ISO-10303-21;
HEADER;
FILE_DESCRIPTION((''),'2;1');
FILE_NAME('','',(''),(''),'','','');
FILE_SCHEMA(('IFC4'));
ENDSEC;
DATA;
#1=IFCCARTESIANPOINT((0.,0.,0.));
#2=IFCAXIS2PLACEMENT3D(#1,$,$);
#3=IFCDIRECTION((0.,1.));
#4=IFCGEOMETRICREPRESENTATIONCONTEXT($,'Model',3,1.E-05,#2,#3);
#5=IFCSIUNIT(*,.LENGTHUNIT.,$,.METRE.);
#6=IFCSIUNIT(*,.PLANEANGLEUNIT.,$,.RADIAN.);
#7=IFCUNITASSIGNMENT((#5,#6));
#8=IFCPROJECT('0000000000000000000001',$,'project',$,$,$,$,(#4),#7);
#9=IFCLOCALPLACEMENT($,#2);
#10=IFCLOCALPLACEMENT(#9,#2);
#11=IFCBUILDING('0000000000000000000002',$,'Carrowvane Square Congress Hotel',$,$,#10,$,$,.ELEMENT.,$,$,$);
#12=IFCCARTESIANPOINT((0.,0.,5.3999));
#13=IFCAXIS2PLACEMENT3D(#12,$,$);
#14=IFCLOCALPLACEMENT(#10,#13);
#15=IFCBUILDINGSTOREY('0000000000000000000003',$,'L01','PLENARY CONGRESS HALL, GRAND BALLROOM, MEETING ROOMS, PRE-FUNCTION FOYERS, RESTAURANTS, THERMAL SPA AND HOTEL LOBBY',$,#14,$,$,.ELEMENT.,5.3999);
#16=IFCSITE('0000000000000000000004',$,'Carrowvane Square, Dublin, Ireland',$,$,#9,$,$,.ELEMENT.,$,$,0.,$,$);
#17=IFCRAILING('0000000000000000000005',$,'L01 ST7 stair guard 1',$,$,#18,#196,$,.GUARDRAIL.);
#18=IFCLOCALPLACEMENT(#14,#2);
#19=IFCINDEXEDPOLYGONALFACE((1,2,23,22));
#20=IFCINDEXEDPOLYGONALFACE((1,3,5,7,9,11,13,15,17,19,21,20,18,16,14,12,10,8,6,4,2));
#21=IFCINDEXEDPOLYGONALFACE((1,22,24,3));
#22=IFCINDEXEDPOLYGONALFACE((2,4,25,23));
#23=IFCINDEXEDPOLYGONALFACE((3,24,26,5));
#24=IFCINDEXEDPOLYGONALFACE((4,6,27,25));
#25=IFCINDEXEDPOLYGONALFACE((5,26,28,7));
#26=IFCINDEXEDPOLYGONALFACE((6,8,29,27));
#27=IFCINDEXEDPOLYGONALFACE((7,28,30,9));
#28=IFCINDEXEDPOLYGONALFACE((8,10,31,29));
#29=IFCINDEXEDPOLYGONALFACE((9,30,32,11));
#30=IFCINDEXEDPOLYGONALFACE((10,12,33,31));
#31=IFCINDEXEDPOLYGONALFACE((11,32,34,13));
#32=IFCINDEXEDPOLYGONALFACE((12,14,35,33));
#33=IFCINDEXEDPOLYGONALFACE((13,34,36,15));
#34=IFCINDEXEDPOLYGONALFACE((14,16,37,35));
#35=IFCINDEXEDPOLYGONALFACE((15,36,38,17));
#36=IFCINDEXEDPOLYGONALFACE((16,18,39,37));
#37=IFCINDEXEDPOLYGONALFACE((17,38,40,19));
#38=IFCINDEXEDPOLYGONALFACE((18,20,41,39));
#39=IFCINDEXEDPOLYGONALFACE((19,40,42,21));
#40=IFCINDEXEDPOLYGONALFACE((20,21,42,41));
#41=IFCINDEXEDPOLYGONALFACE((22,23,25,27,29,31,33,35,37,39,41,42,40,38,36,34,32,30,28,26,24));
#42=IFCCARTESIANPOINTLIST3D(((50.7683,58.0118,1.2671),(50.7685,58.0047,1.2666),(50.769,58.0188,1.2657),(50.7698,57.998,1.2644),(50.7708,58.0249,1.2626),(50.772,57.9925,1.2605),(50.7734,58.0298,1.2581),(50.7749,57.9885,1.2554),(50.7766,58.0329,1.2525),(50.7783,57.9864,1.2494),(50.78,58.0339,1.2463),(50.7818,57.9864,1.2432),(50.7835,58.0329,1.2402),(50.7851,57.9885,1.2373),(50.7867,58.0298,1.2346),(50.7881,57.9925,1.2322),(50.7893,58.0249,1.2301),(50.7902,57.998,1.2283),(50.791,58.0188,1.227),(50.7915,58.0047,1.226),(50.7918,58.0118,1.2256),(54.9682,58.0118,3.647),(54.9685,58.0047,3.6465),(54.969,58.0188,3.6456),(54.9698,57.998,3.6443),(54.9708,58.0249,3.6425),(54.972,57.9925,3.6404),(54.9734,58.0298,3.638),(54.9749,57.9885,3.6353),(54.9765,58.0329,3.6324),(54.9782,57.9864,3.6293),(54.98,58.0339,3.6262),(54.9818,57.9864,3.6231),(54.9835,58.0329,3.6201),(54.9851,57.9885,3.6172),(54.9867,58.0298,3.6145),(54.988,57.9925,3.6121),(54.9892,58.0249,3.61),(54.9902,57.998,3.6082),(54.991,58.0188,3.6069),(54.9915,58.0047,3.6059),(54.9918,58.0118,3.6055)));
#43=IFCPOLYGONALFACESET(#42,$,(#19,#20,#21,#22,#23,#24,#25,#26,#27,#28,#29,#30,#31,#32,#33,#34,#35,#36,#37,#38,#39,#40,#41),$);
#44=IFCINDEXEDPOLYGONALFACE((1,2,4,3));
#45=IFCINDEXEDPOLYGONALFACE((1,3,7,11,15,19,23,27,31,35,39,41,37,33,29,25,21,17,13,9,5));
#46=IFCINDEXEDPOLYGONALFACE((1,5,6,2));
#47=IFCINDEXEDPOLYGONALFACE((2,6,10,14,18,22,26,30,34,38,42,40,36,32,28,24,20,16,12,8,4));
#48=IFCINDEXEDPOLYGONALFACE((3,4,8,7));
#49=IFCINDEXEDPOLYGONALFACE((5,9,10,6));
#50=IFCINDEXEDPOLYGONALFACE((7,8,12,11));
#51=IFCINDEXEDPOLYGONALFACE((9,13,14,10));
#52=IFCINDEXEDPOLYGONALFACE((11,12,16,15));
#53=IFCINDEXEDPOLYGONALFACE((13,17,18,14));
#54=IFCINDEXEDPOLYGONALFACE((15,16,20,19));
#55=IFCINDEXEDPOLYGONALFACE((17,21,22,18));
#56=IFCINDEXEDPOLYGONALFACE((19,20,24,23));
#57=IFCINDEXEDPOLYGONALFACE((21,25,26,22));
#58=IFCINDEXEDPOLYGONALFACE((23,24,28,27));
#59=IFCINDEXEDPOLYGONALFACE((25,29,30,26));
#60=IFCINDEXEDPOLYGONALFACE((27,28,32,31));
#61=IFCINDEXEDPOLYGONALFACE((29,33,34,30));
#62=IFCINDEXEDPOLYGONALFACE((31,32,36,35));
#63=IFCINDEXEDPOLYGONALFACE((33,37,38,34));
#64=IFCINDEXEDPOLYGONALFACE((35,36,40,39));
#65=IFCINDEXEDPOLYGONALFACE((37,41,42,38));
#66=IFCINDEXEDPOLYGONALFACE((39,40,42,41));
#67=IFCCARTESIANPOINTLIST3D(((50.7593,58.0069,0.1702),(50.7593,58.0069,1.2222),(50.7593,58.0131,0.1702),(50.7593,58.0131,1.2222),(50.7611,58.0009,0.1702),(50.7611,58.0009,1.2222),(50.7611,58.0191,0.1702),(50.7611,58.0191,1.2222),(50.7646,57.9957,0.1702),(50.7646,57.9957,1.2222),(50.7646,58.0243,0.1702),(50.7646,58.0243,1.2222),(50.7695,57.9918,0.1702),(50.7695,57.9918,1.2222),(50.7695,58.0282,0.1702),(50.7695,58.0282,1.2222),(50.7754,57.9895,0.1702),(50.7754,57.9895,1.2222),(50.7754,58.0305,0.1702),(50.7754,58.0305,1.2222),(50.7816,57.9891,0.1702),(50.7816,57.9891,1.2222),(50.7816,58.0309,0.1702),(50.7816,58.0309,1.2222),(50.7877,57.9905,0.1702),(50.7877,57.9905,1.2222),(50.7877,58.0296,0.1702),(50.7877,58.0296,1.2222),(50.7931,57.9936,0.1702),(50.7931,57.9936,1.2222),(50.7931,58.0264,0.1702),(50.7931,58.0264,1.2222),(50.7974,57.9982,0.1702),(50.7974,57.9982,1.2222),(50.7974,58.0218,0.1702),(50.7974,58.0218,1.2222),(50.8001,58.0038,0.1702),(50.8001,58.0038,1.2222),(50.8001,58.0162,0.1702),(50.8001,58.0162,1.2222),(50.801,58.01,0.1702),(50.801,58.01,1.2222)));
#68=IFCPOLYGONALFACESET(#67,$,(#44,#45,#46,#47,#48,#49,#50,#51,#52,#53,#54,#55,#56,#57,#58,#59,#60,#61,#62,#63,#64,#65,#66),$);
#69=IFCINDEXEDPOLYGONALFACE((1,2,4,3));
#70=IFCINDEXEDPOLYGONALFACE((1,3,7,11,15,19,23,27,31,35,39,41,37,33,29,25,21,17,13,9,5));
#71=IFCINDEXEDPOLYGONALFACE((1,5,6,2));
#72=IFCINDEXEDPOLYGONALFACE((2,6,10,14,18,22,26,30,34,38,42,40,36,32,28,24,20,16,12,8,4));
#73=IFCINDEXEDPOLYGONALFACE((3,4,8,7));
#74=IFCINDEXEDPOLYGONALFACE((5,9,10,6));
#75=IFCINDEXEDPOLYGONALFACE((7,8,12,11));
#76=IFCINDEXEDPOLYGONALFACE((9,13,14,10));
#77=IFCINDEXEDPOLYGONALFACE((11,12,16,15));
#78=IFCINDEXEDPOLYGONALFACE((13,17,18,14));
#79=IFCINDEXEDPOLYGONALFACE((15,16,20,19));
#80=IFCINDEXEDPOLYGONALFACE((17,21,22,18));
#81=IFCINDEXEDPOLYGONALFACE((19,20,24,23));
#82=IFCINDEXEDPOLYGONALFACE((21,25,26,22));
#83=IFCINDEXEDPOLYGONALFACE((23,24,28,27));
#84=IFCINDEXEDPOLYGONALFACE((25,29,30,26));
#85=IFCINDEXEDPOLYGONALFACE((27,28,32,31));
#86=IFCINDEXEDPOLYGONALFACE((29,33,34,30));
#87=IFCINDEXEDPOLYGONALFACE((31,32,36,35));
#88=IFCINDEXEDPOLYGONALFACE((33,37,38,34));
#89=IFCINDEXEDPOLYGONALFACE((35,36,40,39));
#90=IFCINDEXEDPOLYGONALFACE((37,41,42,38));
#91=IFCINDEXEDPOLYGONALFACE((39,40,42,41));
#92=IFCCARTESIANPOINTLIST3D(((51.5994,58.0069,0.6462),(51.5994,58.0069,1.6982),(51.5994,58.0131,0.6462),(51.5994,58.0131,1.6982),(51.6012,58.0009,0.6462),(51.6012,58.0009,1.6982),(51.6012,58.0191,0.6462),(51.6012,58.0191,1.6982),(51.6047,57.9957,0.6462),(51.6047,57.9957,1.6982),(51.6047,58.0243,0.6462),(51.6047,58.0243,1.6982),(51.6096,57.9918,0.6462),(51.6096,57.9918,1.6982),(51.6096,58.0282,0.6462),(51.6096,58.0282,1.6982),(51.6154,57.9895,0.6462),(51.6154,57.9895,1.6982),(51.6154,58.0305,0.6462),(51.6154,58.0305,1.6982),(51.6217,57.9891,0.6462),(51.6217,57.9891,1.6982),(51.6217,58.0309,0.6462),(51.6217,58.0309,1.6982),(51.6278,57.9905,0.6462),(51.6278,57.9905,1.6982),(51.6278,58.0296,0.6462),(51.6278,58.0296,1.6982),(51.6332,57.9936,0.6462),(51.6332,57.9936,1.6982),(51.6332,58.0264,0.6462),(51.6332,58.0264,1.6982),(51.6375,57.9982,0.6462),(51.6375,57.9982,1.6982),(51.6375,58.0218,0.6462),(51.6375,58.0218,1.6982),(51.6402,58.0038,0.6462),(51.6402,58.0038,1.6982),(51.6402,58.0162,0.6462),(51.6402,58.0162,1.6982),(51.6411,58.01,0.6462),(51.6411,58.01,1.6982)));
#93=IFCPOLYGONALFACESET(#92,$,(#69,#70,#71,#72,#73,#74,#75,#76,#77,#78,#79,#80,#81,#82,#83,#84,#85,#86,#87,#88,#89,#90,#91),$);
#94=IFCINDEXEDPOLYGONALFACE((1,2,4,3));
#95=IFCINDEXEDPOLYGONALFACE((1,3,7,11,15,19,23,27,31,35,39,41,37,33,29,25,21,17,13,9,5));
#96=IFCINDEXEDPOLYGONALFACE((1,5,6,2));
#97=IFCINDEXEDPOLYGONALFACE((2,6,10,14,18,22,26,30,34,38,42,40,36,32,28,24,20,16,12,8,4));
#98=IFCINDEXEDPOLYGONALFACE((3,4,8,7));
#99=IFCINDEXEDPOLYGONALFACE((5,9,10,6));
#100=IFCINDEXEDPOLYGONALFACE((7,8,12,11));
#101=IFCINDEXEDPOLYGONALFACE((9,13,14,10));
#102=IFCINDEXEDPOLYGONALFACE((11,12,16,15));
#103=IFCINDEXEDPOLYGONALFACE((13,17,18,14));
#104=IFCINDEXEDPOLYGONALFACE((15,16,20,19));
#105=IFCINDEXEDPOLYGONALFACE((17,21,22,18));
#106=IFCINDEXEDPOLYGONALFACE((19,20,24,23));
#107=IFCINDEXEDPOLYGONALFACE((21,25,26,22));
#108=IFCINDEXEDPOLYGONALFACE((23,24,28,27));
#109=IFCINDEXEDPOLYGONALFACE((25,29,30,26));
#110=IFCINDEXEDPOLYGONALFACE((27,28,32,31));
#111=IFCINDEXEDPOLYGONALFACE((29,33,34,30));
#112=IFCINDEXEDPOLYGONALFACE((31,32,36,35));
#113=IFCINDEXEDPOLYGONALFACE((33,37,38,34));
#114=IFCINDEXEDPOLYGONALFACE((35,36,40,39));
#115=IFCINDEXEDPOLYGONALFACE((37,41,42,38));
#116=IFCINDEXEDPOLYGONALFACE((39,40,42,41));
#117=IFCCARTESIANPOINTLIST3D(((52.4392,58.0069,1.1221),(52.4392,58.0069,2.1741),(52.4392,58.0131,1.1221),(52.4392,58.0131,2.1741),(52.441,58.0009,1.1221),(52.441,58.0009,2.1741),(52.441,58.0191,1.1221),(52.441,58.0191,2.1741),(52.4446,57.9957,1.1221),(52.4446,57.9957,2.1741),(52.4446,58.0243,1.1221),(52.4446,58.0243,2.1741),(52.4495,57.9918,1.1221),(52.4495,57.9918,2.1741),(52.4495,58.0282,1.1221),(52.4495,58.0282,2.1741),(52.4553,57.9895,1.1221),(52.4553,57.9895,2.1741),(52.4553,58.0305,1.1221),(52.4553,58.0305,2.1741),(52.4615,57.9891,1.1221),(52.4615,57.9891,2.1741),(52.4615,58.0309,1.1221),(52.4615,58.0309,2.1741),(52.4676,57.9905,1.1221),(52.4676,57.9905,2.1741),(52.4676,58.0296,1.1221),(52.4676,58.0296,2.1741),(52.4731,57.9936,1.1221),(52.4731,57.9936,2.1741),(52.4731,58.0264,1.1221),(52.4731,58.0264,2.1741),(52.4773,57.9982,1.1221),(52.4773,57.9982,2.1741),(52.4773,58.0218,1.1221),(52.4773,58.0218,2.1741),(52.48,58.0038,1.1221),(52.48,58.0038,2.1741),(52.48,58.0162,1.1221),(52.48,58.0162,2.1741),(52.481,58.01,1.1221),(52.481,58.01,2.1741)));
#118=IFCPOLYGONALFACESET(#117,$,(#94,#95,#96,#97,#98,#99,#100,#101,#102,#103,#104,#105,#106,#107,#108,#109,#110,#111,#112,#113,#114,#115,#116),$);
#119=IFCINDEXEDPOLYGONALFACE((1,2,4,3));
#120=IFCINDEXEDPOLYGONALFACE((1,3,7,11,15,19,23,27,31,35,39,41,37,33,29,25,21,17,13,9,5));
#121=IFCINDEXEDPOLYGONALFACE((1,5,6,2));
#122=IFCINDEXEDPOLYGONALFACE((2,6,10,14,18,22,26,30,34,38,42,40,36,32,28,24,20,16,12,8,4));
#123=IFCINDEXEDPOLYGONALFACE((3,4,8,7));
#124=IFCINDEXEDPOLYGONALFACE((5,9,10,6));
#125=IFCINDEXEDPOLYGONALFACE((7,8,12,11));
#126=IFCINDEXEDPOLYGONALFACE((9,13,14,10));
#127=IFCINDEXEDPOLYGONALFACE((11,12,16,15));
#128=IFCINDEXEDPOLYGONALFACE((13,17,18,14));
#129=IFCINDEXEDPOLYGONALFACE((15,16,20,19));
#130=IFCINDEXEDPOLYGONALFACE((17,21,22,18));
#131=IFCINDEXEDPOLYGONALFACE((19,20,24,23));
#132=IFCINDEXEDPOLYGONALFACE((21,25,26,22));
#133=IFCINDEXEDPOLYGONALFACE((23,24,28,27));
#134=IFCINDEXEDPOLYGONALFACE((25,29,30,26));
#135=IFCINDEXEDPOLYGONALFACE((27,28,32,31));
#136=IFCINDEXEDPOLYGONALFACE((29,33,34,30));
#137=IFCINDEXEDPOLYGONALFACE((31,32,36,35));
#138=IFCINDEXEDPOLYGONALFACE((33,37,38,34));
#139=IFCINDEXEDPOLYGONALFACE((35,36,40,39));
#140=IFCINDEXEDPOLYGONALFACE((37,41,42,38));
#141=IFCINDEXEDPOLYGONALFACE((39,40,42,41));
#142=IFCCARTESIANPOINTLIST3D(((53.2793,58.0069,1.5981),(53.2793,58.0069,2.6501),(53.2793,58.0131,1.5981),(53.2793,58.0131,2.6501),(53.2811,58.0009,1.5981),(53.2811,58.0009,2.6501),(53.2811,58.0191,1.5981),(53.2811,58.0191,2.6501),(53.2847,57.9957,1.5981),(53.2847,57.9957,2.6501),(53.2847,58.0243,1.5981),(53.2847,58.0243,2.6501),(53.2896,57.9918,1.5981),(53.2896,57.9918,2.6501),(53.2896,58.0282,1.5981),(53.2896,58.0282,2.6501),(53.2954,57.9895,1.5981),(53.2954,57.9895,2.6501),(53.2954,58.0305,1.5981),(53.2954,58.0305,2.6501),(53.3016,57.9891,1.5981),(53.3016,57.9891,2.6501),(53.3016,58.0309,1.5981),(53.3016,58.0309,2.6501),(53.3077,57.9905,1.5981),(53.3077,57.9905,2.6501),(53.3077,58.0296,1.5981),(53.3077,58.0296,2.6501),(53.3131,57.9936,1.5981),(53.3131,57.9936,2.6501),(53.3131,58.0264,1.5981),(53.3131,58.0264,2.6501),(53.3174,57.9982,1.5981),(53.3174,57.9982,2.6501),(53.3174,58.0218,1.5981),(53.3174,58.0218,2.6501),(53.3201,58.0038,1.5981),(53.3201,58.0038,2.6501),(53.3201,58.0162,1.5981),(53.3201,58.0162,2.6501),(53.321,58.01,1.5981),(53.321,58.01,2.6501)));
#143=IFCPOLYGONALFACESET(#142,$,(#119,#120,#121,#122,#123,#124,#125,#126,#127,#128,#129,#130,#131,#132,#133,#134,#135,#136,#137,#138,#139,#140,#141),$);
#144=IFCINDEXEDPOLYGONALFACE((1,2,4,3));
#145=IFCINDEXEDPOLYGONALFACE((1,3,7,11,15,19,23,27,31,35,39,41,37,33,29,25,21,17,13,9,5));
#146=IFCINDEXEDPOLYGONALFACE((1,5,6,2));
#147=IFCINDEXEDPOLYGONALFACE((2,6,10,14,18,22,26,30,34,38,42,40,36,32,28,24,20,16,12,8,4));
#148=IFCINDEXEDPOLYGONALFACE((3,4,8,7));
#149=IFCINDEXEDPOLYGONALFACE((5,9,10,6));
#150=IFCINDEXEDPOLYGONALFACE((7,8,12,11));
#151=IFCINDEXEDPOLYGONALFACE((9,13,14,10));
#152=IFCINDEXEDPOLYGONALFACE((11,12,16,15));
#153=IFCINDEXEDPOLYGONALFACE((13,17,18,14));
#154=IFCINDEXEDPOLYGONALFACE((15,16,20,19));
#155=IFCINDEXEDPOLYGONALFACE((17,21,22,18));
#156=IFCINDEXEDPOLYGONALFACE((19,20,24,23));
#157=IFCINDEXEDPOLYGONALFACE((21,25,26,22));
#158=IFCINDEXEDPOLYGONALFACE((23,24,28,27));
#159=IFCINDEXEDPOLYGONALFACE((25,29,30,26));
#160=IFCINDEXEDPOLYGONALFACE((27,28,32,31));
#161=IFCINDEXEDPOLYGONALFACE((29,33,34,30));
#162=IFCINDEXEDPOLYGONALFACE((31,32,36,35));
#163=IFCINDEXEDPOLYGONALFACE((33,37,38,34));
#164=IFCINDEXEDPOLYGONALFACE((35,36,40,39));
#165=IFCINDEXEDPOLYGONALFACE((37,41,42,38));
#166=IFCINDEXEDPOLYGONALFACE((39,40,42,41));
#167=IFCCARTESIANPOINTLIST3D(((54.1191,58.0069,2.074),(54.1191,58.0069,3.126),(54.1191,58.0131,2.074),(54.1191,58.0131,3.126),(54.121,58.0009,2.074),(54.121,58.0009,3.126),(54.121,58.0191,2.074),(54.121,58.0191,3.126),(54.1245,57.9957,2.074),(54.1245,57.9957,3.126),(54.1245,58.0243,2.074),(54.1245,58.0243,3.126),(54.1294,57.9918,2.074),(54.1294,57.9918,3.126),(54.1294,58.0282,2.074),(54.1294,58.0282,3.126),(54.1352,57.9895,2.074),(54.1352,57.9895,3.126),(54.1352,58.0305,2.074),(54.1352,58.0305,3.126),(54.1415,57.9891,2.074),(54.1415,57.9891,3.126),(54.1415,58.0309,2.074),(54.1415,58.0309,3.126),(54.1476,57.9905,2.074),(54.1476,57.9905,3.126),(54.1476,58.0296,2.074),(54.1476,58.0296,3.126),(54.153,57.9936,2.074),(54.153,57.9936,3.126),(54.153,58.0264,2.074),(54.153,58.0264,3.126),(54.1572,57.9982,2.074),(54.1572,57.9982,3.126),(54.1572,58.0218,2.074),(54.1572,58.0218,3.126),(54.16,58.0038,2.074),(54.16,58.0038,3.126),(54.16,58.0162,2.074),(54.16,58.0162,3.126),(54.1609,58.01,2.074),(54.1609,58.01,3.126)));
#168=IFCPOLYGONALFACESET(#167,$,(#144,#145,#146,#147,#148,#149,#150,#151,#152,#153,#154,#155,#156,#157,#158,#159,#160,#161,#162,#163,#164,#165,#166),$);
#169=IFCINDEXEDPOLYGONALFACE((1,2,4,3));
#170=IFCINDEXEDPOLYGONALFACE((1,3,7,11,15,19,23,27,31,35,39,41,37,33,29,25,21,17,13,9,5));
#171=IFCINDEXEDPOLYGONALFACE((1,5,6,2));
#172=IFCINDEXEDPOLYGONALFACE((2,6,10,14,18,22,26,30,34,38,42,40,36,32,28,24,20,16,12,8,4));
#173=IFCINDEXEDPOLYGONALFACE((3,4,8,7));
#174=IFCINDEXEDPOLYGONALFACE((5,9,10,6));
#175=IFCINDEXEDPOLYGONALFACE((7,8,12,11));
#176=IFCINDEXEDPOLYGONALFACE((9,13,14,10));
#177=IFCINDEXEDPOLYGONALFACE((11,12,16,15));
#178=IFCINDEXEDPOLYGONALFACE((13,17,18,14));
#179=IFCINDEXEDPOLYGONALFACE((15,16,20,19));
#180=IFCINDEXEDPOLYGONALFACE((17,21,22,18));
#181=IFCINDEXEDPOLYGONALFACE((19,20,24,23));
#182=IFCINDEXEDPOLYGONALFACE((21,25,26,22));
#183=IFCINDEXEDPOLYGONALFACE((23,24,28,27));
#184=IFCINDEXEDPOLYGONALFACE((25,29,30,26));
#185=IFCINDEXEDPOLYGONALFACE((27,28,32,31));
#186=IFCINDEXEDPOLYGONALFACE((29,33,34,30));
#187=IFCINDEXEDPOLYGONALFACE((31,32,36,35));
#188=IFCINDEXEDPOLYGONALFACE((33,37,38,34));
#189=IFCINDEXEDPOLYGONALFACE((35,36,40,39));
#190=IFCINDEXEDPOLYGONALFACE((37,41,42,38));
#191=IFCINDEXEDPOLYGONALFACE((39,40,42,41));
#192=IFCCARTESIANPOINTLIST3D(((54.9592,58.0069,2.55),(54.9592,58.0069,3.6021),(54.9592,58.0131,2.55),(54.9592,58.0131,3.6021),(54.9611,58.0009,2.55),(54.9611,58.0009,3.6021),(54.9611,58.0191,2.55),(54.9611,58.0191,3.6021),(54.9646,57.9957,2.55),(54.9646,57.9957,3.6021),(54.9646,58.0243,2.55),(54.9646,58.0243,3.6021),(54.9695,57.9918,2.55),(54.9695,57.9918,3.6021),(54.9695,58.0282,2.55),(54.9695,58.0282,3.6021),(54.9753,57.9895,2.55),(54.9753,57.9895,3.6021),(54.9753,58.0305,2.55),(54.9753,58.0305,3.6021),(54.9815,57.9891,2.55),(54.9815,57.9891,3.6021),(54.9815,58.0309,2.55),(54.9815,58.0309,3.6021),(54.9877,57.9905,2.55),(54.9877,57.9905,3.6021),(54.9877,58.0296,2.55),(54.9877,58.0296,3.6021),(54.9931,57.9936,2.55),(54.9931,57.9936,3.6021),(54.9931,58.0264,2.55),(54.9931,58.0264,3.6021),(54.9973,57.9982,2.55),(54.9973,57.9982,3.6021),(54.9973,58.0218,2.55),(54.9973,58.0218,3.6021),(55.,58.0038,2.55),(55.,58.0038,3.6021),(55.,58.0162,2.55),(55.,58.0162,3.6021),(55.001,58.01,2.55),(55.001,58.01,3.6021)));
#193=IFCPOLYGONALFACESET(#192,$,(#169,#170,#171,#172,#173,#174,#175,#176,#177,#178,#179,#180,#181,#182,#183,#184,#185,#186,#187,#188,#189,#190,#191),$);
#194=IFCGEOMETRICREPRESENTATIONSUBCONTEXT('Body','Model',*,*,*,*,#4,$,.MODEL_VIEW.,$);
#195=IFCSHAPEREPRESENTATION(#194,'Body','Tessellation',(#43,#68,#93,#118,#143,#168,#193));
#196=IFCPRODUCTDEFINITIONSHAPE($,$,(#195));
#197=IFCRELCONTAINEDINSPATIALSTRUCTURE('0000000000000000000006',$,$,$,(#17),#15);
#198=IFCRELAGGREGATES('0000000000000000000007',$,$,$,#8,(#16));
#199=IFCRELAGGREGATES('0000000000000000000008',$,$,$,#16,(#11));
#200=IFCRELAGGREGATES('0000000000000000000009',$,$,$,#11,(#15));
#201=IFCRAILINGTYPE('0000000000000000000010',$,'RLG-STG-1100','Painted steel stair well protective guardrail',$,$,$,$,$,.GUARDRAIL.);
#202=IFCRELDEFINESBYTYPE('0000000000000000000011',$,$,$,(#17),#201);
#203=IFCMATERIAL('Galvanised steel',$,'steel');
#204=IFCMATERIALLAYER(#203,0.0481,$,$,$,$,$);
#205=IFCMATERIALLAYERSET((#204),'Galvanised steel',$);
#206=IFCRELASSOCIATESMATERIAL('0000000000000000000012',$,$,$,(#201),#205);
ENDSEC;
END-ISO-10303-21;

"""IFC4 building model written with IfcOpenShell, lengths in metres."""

from ifc_helpers import new_model, si_unit, direction, frame, origin, origin_2d, place, context, subcontext, project, spatial, circle, extrude, material, layer, layer_set, type_object, element, save


model = new_model("IFC4")

# Units and contexts
model_context = context("Model", 3, precision=1e-05, world=origin(), true_north=direction((0.0, 1.0)))
body_context = subcontext(model_context, "Body", "Model", "MODEL_VIEW")
ifc_project = project(units=[si_unit("LENGTHUNIT", "METRE"), si_unit("PLANEANGLEUNIT", "RADIAN")], contexts=[model_context])

# Site, building, storey
site_placement = place(None, origin())
site = spatial("IfcSite", under=ifc_project, at=site_placement, Name="Carrowvane Square, Dublin, Ireland", CompositionType="ELEMENT", RefElevation=0.0)
building_placement = place(site_placement, origin())
building = spatial("IfcBuilding", under=site, at=building_placement, Name="Carrowvane Square Congress Hotel", CompositionType="ELEMENT")
storey_placement = place(building_placement, frame((0.0, 0.0, 5.3999)))
storey = spatial("IfcBuildingStorey", under=building, at=storey_placement, Name="L01", Description="PLENARY CONGRESS HALL, GRAND BALLROOM, MEETING ROOMS, PRE-FUNCTION FOYERS, RESTAURANTS, THERMAL SPA AND HOTEL LOBBY", CompositionType="ELEMENT", Elevation=5.3999)

# Railing
ifc_material_1 = material(Name="Galvanised steel", Category="steel")
ifc_layer_1 = layer(ifc_material_1, 0.0481)
ifc_layer_set_1 = layer_set([ifc_layer_1], Name="Galvanised steel")
railing_type_1 = type_object("IfcRailingType", Name="RLG-STG-1100", Description="Painted steel stair well protective guardrail", PredefinedType="GUARDRAIL", material=ifc_layer_set_1)
railing_1_placement = place(storey_placement, frame((50.78, 58.01, 0.1702)))
element("IfcRailing", 1, at=railing_1_placement, inside=storey, type_object=railing_type_1, Name="L01 ST7 stair guard 1", PredefinedType="GUARDRAIL", context=body_context, shape_type="SweptSolid", body=[
    extrude(circle(Radius=0.0239, at=origin_2d()), frame((0.0, 0.0, 1.0762), z_axis=(0.87003, 0.0, 0.492999), x_axis=(0.0, 1.0, 0.0)), (0.0, 0.0, 1.0), 4.8274),
    extrude(circle(Radius=0.021, at=origin_2d()), origin(), (0.0, 0.0, 1.0), 1.052),
    extrude(circle(Radius=0.021, at=origin_2d()), frame((0.8401, 0.0, 0.4761)), (0.0, 0.0, 1.0), 1.052),
    extrude(circle(Radius=0.021, at=origin_2d()), frame((1.6799, 0.0, 0.9519)), (0.0, 0.0, 1.0), 1.052),
    extrude(circle(Radius=0.021, at=origin_2d()), frame((2.52, 0.0, 1.428)), (0.0, 0.0, 1.0), 1.052),
    extrude(circle(Radius=0.021, at=origin_2d()), frame((3.3599, 0.0, 1.9038)), (0.0, 0.0, 1.0), 1.052),
    extrude(circle(Radius=0.021, at=origin_2d()), frame((4.2, 0.0, 2.3799)), (0.0, 0.0, 1.0), 1.052),
])

save(model, "model.ifc")
